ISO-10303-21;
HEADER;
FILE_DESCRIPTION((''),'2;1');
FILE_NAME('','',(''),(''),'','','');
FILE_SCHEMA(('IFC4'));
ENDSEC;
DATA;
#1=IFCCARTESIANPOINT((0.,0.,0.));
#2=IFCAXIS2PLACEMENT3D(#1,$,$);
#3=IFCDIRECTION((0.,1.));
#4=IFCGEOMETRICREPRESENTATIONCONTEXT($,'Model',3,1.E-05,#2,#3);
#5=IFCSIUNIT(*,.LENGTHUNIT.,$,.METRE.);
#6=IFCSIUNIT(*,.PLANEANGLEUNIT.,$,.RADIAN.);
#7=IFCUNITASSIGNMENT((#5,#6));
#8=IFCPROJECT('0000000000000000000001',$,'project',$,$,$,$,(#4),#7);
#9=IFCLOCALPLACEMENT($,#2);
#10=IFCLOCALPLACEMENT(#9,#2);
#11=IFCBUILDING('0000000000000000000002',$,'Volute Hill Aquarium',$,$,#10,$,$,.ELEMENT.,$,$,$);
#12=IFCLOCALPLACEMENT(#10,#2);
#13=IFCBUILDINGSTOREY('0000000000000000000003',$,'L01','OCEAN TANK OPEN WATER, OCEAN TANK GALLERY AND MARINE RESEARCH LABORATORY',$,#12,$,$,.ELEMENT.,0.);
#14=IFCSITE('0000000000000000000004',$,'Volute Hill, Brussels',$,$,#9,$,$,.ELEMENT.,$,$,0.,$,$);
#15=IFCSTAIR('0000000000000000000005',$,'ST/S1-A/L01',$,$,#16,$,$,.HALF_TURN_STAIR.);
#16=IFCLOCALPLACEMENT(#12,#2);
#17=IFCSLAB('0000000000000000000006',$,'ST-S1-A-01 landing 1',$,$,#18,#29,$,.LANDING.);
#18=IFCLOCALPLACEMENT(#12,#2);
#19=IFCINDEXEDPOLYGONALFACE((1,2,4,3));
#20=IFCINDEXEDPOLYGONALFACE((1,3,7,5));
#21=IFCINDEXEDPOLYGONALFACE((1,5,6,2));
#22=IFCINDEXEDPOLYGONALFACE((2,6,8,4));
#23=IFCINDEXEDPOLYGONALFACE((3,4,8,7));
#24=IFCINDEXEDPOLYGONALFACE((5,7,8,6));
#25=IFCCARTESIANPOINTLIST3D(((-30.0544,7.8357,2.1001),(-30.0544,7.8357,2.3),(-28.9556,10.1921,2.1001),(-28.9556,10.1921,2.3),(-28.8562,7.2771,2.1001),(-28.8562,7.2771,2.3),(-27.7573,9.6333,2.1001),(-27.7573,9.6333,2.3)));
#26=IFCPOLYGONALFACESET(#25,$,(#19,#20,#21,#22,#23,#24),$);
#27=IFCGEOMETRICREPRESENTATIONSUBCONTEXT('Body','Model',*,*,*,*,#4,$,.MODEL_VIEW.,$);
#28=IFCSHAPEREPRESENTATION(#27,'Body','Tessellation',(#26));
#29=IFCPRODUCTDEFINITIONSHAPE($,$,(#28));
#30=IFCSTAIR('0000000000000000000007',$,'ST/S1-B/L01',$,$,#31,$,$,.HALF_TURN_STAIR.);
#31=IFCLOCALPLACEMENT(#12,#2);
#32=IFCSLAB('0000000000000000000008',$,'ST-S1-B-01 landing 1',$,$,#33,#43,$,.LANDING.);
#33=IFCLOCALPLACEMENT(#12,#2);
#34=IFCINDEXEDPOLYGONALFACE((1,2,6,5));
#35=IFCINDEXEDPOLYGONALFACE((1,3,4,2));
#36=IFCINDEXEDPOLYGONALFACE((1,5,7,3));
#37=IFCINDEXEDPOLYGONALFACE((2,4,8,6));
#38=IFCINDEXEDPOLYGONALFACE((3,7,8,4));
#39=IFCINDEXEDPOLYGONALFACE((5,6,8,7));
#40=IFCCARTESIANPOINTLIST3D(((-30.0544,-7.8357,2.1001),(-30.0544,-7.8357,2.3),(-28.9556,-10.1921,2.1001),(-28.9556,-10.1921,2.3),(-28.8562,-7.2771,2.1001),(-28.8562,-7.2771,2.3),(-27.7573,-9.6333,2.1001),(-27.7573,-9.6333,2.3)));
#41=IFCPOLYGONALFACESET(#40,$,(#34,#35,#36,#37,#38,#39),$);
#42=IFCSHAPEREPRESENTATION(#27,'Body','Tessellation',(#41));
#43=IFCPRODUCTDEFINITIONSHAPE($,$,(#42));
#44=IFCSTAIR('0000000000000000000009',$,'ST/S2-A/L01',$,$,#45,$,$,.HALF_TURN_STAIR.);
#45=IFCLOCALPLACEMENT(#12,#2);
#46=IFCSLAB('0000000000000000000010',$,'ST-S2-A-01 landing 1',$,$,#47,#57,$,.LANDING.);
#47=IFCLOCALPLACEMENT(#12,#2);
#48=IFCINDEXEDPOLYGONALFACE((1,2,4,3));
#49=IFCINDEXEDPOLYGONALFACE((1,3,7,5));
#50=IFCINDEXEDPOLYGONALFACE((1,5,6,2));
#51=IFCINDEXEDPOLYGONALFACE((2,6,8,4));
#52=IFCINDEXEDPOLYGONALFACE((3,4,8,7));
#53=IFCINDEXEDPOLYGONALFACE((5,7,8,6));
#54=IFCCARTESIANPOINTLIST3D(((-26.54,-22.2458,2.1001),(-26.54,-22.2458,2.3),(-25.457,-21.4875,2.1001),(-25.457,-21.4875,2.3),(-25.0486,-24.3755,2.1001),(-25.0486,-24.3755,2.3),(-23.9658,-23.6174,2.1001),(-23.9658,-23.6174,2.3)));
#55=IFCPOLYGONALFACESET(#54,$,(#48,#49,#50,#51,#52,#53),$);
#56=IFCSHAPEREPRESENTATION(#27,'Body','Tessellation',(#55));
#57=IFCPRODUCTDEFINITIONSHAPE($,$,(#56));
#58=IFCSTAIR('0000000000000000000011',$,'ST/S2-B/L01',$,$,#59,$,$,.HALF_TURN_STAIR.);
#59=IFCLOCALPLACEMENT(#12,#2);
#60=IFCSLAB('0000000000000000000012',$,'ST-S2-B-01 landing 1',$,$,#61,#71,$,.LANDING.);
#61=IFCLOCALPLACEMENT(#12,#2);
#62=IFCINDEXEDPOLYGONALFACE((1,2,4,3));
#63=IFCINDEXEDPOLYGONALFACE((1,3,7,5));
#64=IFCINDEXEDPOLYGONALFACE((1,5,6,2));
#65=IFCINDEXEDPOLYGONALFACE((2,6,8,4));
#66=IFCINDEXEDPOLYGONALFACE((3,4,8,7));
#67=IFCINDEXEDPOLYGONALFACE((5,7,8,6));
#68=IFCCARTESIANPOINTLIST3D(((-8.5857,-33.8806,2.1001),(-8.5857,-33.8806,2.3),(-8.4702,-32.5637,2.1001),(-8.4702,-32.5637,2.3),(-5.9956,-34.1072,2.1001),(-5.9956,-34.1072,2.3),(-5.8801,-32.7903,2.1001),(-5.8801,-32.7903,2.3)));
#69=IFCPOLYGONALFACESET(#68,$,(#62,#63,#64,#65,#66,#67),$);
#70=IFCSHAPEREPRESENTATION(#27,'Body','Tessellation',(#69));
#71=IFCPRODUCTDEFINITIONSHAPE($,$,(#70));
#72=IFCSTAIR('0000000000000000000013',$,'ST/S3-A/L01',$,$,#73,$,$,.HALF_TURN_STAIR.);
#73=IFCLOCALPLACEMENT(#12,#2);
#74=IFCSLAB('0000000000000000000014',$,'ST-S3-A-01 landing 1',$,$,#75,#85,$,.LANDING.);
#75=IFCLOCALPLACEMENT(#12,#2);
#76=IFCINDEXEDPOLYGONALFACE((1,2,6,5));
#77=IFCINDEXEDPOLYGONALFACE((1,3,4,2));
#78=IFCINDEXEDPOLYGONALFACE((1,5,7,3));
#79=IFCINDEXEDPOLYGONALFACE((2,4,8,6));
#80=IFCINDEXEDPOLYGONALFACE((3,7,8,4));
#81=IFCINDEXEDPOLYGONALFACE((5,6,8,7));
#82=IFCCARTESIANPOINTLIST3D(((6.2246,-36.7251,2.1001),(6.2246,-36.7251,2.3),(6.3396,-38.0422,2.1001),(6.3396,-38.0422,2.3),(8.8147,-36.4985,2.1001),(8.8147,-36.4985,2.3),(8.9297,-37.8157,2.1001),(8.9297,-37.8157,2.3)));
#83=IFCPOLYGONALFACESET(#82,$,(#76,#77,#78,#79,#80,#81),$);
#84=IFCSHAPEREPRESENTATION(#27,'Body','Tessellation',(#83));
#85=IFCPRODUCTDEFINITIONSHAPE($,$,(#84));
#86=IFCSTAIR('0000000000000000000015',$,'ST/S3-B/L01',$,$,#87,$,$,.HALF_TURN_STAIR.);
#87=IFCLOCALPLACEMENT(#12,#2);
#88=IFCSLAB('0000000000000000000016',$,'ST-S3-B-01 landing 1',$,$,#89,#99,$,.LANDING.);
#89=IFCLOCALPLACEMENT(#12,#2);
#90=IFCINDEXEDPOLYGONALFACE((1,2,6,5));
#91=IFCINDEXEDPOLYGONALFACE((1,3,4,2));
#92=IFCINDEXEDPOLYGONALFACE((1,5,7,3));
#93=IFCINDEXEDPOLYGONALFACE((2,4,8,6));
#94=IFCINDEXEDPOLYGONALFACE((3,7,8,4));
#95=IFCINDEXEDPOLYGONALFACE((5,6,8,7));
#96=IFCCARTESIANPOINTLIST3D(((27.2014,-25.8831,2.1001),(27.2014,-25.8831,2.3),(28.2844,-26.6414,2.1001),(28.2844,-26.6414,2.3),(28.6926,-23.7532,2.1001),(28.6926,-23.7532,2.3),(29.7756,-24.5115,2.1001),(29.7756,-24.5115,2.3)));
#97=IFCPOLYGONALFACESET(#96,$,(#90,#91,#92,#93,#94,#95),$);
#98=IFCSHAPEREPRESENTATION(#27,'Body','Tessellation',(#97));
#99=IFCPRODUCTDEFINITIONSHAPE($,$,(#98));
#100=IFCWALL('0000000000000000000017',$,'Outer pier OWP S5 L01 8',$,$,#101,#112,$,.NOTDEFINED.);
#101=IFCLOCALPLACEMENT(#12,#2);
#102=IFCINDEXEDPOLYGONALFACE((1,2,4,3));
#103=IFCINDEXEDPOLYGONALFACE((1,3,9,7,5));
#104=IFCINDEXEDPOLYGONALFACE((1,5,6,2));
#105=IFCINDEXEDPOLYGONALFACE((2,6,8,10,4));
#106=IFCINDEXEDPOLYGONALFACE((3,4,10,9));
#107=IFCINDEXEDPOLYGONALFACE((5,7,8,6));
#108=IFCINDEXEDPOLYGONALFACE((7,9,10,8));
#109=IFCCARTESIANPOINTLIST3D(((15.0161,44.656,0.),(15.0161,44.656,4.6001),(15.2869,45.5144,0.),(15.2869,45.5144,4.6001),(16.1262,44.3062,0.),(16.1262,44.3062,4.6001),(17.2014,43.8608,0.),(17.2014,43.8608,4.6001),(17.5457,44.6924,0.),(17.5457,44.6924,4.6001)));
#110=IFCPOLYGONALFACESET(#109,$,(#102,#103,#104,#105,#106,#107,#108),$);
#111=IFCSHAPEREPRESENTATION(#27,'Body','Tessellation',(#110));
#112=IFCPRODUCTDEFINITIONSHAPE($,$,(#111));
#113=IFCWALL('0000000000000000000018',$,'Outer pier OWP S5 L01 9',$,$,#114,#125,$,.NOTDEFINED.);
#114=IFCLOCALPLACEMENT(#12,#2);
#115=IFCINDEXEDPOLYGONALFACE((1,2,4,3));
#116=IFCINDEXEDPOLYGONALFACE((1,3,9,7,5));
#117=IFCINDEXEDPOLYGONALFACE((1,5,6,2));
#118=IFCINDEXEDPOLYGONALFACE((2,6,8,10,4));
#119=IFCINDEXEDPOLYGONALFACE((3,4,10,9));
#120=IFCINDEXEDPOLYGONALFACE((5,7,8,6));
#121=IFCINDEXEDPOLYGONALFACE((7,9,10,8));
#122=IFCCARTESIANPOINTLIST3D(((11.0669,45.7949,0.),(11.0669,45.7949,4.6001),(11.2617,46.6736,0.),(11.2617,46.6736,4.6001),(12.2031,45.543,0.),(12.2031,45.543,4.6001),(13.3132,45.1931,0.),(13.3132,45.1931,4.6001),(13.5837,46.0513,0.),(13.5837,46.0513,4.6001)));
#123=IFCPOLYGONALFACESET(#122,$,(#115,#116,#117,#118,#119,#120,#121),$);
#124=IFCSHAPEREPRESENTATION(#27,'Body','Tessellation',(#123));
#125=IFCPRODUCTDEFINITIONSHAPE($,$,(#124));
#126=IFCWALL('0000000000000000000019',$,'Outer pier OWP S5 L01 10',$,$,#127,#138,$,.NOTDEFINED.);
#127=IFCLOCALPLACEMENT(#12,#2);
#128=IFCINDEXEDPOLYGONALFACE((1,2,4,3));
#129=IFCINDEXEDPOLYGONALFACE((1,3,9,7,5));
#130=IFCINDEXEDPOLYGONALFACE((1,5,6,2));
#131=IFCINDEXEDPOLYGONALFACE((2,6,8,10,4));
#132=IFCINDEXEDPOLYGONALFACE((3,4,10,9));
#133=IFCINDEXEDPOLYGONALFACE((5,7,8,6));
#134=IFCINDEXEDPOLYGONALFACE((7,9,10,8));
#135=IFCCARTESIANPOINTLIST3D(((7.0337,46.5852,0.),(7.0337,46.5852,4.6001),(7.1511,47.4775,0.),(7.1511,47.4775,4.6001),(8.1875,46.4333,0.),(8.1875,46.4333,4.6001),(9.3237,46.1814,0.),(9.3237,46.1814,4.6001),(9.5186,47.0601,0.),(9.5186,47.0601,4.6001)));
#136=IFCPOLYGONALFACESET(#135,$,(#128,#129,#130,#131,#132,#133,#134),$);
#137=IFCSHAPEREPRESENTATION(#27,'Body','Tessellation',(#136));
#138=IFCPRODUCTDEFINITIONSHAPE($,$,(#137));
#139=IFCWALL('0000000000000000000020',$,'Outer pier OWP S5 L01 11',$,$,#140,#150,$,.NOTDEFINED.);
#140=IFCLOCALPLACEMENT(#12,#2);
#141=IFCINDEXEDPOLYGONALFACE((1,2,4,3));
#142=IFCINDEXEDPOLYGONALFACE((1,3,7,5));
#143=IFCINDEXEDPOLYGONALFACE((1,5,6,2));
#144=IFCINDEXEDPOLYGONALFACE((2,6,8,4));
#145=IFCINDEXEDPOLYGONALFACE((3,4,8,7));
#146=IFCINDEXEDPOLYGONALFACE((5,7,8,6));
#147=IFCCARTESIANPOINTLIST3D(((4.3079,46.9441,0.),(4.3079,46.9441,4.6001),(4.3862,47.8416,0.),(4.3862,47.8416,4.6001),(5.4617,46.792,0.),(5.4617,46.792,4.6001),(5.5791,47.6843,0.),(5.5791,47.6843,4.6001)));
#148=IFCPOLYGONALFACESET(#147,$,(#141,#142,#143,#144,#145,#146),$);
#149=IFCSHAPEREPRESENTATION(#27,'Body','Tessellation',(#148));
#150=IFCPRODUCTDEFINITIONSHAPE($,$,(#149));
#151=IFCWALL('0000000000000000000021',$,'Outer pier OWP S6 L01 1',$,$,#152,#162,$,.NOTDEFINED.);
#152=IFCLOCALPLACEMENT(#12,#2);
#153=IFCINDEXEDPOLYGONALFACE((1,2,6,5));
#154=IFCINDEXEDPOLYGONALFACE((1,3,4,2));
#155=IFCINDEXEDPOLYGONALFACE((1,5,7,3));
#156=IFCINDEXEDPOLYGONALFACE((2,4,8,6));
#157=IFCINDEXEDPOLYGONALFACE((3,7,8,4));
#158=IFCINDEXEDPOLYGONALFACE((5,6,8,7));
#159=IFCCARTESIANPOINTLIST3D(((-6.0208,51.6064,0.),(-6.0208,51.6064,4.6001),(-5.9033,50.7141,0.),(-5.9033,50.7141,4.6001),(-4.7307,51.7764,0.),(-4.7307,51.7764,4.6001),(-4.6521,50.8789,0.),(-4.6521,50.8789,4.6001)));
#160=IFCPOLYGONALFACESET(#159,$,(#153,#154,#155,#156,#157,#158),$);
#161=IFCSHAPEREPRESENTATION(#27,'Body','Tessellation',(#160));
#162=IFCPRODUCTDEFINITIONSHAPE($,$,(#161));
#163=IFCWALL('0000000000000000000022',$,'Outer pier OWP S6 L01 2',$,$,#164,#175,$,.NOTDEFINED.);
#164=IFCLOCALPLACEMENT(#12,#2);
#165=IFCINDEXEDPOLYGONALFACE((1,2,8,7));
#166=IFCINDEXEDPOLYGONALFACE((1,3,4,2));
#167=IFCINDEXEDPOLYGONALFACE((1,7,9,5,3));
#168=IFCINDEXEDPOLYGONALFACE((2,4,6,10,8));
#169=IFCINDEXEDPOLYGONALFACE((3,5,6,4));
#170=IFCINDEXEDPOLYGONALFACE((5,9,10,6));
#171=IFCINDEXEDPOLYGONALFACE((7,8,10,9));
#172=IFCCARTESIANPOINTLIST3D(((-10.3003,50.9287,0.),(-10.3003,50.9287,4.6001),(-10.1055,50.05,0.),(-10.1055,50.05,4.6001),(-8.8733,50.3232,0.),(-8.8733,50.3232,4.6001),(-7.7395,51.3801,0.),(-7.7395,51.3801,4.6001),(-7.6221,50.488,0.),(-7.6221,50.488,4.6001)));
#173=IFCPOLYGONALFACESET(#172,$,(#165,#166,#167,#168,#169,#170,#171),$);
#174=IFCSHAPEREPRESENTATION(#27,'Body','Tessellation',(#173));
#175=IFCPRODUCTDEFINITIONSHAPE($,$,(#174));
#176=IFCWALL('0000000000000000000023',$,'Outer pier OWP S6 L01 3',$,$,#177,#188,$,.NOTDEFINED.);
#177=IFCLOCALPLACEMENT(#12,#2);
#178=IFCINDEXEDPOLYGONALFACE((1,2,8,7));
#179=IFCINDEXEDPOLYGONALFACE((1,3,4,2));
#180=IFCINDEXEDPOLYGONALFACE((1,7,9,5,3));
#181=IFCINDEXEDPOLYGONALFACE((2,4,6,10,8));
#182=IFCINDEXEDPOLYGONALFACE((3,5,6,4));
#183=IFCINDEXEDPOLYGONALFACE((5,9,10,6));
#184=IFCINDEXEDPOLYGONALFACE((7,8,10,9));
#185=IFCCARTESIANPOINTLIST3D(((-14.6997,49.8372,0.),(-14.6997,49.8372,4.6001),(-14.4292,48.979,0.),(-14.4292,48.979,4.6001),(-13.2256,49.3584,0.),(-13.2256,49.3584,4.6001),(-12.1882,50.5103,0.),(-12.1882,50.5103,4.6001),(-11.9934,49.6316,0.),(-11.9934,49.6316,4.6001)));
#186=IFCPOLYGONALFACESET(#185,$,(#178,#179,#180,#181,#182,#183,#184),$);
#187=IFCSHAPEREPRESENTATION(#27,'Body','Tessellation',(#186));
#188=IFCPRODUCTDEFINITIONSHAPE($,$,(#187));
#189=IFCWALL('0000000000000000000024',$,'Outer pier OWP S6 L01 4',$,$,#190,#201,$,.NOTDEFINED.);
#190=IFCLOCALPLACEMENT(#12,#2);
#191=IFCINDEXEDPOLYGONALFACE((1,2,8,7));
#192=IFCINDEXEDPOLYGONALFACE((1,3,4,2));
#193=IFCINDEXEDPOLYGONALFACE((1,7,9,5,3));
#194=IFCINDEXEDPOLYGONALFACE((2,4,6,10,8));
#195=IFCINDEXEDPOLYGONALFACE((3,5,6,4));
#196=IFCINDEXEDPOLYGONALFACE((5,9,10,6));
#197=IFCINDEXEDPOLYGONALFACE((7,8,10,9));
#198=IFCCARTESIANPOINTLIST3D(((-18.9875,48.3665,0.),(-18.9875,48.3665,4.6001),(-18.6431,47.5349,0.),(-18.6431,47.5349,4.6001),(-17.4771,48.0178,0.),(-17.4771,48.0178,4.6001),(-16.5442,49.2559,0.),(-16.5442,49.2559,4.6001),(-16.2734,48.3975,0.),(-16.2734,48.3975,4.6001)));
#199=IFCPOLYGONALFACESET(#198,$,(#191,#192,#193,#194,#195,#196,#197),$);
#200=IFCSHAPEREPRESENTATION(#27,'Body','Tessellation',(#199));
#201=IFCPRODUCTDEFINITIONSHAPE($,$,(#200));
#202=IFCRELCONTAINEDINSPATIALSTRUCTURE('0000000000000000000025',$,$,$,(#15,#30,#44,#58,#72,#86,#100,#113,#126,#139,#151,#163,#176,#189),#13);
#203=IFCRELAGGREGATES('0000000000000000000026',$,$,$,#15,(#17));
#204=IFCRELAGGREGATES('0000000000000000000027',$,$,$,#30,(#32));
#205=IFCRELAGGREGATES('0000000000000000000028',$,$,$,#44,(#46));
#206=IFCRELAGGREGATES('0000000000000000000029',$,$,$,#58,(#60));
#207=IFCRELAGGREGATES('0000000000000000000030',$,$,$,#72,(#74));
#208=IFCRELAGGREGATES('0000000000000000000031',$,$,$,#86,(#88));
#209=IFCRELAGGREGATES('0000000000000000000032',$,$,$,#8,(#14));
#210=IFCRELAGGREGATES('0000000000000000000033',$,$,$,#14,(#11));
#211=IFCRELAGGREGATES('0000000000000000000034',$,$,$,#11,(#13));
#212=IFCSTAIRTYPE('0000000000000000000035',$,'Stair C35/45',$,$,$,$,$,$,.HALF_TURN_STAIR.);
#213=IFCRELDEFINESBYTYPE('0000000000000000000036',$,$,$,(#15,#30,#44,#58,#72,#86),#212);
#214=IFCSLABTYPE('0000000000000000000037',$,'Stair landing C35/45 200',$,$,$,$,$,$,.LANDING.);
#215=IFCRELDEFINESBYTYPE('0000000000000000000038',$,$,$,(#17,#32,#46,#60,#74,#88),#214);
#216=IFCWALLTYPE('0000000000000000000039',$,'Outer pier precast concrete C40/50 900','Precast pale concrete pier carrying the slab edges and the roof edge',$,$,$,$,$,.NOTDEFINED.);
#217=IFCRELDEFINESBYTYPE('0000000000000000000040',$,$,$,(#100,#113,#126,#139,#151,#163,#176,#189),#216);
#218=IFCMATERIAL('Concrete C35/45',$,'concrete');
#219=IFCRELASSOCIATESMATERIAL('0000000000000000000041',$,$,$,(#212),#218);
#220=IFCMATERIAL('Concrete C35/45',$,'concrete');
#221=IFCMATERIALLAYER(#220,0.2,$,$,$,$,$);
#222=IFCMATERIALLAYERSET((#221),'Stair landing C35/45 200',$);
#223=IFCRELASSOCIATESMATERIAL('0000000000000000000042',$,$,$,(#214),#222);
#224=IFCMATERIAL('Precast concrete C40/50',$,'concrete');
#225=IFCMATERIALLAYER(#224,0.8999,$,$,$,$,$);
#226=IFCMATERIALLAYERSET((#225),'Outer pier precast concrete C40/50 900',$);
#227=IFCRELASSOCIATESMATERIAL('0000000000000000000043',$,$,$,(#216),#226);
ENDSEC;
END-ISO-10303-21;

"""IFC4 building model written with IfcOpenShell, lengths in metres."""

from ifc_helpers import new_model, si_unit, direction, frame, origin, place, context, subcontext, project, spatial, polyline, outline, extrude, material, layer, layer_set, type_object, element, aggregate, save


model = new_model("IFC4")

# Units and contexts
model_context = context("Model", 3, precision=1e-05, world=origin(), true_north=direction((0.0, 1.0)))
body_context = subcontext(model_context, "Body", "Model", "MODEL_VIEW")
ifc_project = project(units=[si_unit("LENGTHUNIT", "METRE"), si_unit("PLANEANGLEUNIT", "RADIAN")], contexts=[model_context])

# Site, building, storey
site_placement = place(None, origin())
site = spatial("IfcSite", under=ifc_project, at=site_placement, Name="Volute Hill, Brussels", CompositionType="ELEMENT", RefElevation=0.0)
building_placement = place(site_placement, origin())
building = spatial("IfcBuilding", under=site, at=building_placement, Name="Volute Hill Aquarium", CompositionType="ELEMENT")
storey_placement = place(building_placement, origin())
storey = spatial("IfcBuildingStorey", under=building, at=storey_placement, Name="L01", Description="OCEAN TANK OPEN WATER, OCEAN TANK GALLERY AND MARINE RESEARCH LABORATORY", CompositionType="ELEMENT", Elevation=0.0)

# Stairs, slabs
ifc_material_1 = material(Name="Concrete C35/45", Category="concrete")
stair_type = type_object("IfcStairType", Name="Stair C35/45", PredefinedType="HALF_TURN_STAIR", material=ifc_material_1)
stair_1_placement = place(storey_placement, origin())
stair_1 = element("IfcStair", 1, at=stair_1_placement, inside=storey, type_object=stair_type, Name="ST/S1-A/L01", PredefinedType="HALF_TURN_STAIR")
ifc_material_2 = material(Name="Concrete C35/45", Category="concrete")
ifc_layer_1 = layer(ifc_material_2, 0.2)
ifc_layer_set_1 = layer_set([ifc_layer_1], Name="Stair landing C35/45 200")
slab_type = type_object("IfcSlabType", Name="Stair landing C35/45 200", PredefinedType="LANDING", material=ifc_layer_set_1)
slab_1_placement = place(storey_placement, frame((0.0, 0.0, 2.1001)))
slab_1 = element("IfcSlab", 2, at=slab_1_placement, type_object=slab_type, Name="ST-S1-A-01 landing 1", PredefinedType="LANDING", context=body_context, shape_type="SweptSolid", body=[
    extrude(outline(polyline([(-27.7573, 9.6333), (-28.9556, 10.1921), (-30.0544, 7.8357), (-28.8562, 7.2771), (-27.7573, 9.6333)])), origin(), (0.0, 0.0, 1.0), 0.2),
])
aggregate(stair_1, [slab_1])
stair_2_placement = place(storey_placement, origin())
stair_2 = element("IfcStair", 3, at=stair_2_placement, inside=storey, type_object=stair_type, Name="ST/S1-B/L01", PredefinedType="HALF_TURN_STAIR")
slab_2_placement = place(storey_placement, frame((0.0, 0.0, 2.1001)))
slab_2 = element("IfcSlab", 4, at=slab_2_placement, type_object=slab_type, Name="ST-S1-B-01 landing 1", PredefinedType="LANDING", context=body_context, shape_type="SweptSolid", body=[
    extrude(outline(polyline([(-28.8562, -7.2771), (-30.0544, -7.8357), (-28.9556, -10.1921), (-27.7573, -9.6333), (-28.8562, -7.2771)])), origin(), (0.0, 0.0, 1.0), 0.2),
])
aggregate(stair_2, [slab_2])
stair_3_placement = place(storey_placement, origin())
stair_3 = element("IfcStair", 5, at=stair_3_placement, inside=storey, type_object=stair_type, Name="ST/S2-A/L01", PredefinedType="HALF_TURN_STAIR")
slab_3_placement = place(storey_placement, frame((0.0, 0.0, 2.1001)))
slab_3 = element("IfcSlab", 6, at=slab_3_placement, type_object=slab_type, Name="ST-S2-A-01 landing 1", PredefinedType="LANDING", context=body_context, shape_type="SweptSolid", body=[
    extrude(outline(polyline([(-25.457, -21.4875), (-26.54, -22.2458), (-25.0486, -24.3755), (-23.9658, -23.6174), (-25.457, -21.4875)])), origin(), (0.0, 0.0, 1.0), 0.2),
])
aggregate(stair_3, [slab_3])
stair_4_placement = place(storey_placement, origin())
stair_4 = element("IfcStair", 7, at=stair_4_placement, inside=storey, type_object=stair_type, Name="ST/S2-B/L01", PredefinedType="HALF_TURN_STAIR")
slab_4_placement = place(storey_placement, frame((0.0, 0.0, 2.1001)))
slab_4 = element("IfcSlab", 8, at=slab_4_placement, type_object=slab_type, Name="ST-S2-B-01 landing 1", PredefinedType="LANDING", context=body_context, shape_type="SweptSolid", body=[
    extrude(outline(polyline([(-8.4702, -32.5637), (-8.5857, -33.8806), (-5.9956, -34.1072), (-5.8801, -32.7903), (-8.4702, -32.5637)])), origin(), (0.0, 0.0, 1.0), 0.2),
])
aggregate(stair_4, [slab_4])
stair_5_placement = place(storey_placement, origin())
stair_5 = element("IfcStair", 9, at=stair_5_placement, inside=storey, type_object=stair_type, Name="ST/S3-A/L01", PredefinedType="HALF_TURN_STAIR")
slab_5_placement = place(storey_placement, frame((0.0, 0.0, 2.1001)))
slab_5 = element("IfcSlab", 10, at=slab_5_placement, type_object=slab_type, Name="ST-S3-A-01 landing 1", PredefinedType="LANDING", context=body_context, shape_type="SweptSolid", body=[
    extrude(outline(polyline([(6.2246, -36.7251), (6.3396, -38.0422), (8.9297, -37.8157), (8.8147, -36.4985), (6.2246, -36.7251)])), origin(), (0.0, 0.0, 1.0), 0.2),
])
aggregate(stair_5, [slab_5])
stair_6_placement = place(storey_placement, origin())
stair_6 = element("IfcStair", 11, at=stair_6_placement, inside=storey, type_object=stair_type, Name="ST/S3-B/L01", PredefinedType="HALF_TURN_STAIR")
slab_6_placement = place(storey_placement, frame((0.0, 0.0, 2.1001)))
slab_6 = element("IfcSlab", 12, at=slab_6_placement, type_object=slab_type, Name="ST-S3-B-01 landing 1", PredefinedType="LANDING", context=body_context, shape_type="SweptSolid", body=[
    extrude(outline(polyline([(27.2014, -25.8831), (28.2844, -26.6414), (29.7756, -24.5115), (28.6926, -23.7532), (27.2014, -25.8831)])), origin(), (0.0, 0.0, 1.0), 0.2),
])
aggregate(stair_6, [slab_6])

# Walls
ifc_material_3 = material(Name="Precast concrete C40/50", Category="concrete")
ifc_layer_2 = layer(ifc_material_3, 0.8999)
ifc_layer_set_2 = layer_set([ifc_layer_2], Name="Outer pier precast concrete C40/50 900")
wall_type = type_object("IfcWallType", Name="Outer pier precast concrete C40/50 900", Description="Precast pale concrete pier carrying the slab edges and the roof edge", PredefinedType="NOTDEFINED", material=ifc_layer_set_2)
wall_1_placement = place(storey_placement, origin())
element("IfcWall", 13, at=wall_1_placement, inside=storey, type_object=wall_type, Name="Outer pier OWP S5 L01 8", PredefinedType="NOTDEFINED", context=body_context, shape_type="SweptSolid", body=[
    extrude(outline(polyline([(17.2014, 43.8608), (17.5457, 44.6924), (15.2869, 45.5144), (15.0161, 44.656), (16.1262, 44.3062), (17.2014, 43.8608)])), origin(), (0.0, 0.0, 1.0), 4.6001),
])
wall_2_placement = place(storey_placement, origin())
element("IfcWall", 14, at=wall_2_placement, inside=storey, type_object=wall_type, Name="Outer pier OWP S5 L01 9", PredefinedType="NOTDEFINED", context=body_context, shape_type="SweptSolid", body=[
    extrude(outline(polyline([(13.3132, 45.1931), (13.5837, 46.0513), (11.2617, 46.6736), (11.0669, 45.7949), (12.2031, 45.543), (13.3132, 45.1931)])), origin(), (0.0, 0.0, 1.0), 4.6001),
])
wall_3_placement = place(storey_placement, origin())
element("IfcWall", 15, at=wall_3_placement, inside=storey, type_object=wall_type, Name="Outer pier OWP S5 L01 10", PredefinedType="NOTDEFINED", context=body_context, shape_type="SweptSolid", body=[
    extrude(outline(polyline([(9.3237, 46.1814), (9.5186, 47.0601), (7.1511, 47.4775), (7.0337, 46.5852), (8.1875, 46.4333), (9.3237, 46.1814)])), origin(), (0.0, 0.0, 1.0), 4.6001),
])
wall_4_placement = place(storey_placement, origin())
element("IfcWall", 16, at=wall_4_placement, inside=storey, type_object=wall_type, Name="Outer pier OWP S5 L01 11", PredefinedType="NOTDEFINED", context=body_context, shape_type="SweptSolid", body=[
    extrude(outline(polyline([(5.4617, 46.792), (5.5791, 47.6843), (4.3862, 47.8416), (4.3079, 46.9441), (5.4617, 46.792)])), origin(), (0.0, 0.0, 1.0), 4.6001),
])
wall_5_placement = place(storey_placement, origin())
element("IfcWall", 17, at=wall_5_placement, inside=storey, type_object=wall_type, Name="Outer pier OWP S6 L01 1", PredefinedType="NOTDEFINED", context=body_context, shape_type="SweptSolid", body=[
    extrude(outline(polyline([(-4.6521, 50.8789), (-4.7307, 51.7764), (-6.0208, 51.6064), (-5.9033, 50.7141), (-4.6521, 50.8789)])), origin(), (0.0, 0.0, 1.0), 4.6001),
])
wall_6_placement = place(storey_placement, origin())
element("IfcWall", 18, at=wall_6_placement, inside=storey, type_object=wall_type, Name="Outer pier OWP S6 L01 2", PredefinedType="NOTDEFINED", context=body_context, shape_type="SweptSolid", body=[
    extrude(outline(polyline([(-7.6221, 50.488), (-7.7395, 51.3801), (-10.3003, 50.9287), (-10.1055, 50.05), (-8.8733, 50.3232), (-7.6221, 50.488)])), origin(), (0.0, 0.0, 1.0), 4.6001),
])
wall_7_placement = place(storey_placement, origin())
element("IfcWall", 19, at=wall_7_placement, inside=storey, type_object=wall_type, Name="Outer pier OWP S6 L01 3", PredefinedType="NOTDEFINED", context=body_context, shape_type="SweptSolid", body=[
    extrude(outline(polyline([(-11.9934, 49.6316), (-12.1882, 50.5103), (-14.6997, 49.8372), (-14.4292, 48.979), (-13.2256, 49.3584), (-11.9934, 49.6316)])), origin(), (0.0, 0.0, 1.0), 4.6001),
])
wall_8_placement = place(storey_placement, origin())
element("IfcWall", 20, at=wall_8_placement, inside=storey, type_object=wall_type, Name="Outer pier OWP S6 L01 4", PredefinedType="NOTDEFINED", context=body_context, shape_type="SweptSolid", body=[
    extrude(outline(polyline([(-16.2734, 48.3975), (-16.5442, 49.2559), (-18.9875, 48.3665), (-18.6431, 47.5349), (-17.4771, 48.0178), (-16.2734, 48.3975)])), origin(), (0.0, 0.0, 1.0), 4.6001),
])

save(model, "model.ifc")
